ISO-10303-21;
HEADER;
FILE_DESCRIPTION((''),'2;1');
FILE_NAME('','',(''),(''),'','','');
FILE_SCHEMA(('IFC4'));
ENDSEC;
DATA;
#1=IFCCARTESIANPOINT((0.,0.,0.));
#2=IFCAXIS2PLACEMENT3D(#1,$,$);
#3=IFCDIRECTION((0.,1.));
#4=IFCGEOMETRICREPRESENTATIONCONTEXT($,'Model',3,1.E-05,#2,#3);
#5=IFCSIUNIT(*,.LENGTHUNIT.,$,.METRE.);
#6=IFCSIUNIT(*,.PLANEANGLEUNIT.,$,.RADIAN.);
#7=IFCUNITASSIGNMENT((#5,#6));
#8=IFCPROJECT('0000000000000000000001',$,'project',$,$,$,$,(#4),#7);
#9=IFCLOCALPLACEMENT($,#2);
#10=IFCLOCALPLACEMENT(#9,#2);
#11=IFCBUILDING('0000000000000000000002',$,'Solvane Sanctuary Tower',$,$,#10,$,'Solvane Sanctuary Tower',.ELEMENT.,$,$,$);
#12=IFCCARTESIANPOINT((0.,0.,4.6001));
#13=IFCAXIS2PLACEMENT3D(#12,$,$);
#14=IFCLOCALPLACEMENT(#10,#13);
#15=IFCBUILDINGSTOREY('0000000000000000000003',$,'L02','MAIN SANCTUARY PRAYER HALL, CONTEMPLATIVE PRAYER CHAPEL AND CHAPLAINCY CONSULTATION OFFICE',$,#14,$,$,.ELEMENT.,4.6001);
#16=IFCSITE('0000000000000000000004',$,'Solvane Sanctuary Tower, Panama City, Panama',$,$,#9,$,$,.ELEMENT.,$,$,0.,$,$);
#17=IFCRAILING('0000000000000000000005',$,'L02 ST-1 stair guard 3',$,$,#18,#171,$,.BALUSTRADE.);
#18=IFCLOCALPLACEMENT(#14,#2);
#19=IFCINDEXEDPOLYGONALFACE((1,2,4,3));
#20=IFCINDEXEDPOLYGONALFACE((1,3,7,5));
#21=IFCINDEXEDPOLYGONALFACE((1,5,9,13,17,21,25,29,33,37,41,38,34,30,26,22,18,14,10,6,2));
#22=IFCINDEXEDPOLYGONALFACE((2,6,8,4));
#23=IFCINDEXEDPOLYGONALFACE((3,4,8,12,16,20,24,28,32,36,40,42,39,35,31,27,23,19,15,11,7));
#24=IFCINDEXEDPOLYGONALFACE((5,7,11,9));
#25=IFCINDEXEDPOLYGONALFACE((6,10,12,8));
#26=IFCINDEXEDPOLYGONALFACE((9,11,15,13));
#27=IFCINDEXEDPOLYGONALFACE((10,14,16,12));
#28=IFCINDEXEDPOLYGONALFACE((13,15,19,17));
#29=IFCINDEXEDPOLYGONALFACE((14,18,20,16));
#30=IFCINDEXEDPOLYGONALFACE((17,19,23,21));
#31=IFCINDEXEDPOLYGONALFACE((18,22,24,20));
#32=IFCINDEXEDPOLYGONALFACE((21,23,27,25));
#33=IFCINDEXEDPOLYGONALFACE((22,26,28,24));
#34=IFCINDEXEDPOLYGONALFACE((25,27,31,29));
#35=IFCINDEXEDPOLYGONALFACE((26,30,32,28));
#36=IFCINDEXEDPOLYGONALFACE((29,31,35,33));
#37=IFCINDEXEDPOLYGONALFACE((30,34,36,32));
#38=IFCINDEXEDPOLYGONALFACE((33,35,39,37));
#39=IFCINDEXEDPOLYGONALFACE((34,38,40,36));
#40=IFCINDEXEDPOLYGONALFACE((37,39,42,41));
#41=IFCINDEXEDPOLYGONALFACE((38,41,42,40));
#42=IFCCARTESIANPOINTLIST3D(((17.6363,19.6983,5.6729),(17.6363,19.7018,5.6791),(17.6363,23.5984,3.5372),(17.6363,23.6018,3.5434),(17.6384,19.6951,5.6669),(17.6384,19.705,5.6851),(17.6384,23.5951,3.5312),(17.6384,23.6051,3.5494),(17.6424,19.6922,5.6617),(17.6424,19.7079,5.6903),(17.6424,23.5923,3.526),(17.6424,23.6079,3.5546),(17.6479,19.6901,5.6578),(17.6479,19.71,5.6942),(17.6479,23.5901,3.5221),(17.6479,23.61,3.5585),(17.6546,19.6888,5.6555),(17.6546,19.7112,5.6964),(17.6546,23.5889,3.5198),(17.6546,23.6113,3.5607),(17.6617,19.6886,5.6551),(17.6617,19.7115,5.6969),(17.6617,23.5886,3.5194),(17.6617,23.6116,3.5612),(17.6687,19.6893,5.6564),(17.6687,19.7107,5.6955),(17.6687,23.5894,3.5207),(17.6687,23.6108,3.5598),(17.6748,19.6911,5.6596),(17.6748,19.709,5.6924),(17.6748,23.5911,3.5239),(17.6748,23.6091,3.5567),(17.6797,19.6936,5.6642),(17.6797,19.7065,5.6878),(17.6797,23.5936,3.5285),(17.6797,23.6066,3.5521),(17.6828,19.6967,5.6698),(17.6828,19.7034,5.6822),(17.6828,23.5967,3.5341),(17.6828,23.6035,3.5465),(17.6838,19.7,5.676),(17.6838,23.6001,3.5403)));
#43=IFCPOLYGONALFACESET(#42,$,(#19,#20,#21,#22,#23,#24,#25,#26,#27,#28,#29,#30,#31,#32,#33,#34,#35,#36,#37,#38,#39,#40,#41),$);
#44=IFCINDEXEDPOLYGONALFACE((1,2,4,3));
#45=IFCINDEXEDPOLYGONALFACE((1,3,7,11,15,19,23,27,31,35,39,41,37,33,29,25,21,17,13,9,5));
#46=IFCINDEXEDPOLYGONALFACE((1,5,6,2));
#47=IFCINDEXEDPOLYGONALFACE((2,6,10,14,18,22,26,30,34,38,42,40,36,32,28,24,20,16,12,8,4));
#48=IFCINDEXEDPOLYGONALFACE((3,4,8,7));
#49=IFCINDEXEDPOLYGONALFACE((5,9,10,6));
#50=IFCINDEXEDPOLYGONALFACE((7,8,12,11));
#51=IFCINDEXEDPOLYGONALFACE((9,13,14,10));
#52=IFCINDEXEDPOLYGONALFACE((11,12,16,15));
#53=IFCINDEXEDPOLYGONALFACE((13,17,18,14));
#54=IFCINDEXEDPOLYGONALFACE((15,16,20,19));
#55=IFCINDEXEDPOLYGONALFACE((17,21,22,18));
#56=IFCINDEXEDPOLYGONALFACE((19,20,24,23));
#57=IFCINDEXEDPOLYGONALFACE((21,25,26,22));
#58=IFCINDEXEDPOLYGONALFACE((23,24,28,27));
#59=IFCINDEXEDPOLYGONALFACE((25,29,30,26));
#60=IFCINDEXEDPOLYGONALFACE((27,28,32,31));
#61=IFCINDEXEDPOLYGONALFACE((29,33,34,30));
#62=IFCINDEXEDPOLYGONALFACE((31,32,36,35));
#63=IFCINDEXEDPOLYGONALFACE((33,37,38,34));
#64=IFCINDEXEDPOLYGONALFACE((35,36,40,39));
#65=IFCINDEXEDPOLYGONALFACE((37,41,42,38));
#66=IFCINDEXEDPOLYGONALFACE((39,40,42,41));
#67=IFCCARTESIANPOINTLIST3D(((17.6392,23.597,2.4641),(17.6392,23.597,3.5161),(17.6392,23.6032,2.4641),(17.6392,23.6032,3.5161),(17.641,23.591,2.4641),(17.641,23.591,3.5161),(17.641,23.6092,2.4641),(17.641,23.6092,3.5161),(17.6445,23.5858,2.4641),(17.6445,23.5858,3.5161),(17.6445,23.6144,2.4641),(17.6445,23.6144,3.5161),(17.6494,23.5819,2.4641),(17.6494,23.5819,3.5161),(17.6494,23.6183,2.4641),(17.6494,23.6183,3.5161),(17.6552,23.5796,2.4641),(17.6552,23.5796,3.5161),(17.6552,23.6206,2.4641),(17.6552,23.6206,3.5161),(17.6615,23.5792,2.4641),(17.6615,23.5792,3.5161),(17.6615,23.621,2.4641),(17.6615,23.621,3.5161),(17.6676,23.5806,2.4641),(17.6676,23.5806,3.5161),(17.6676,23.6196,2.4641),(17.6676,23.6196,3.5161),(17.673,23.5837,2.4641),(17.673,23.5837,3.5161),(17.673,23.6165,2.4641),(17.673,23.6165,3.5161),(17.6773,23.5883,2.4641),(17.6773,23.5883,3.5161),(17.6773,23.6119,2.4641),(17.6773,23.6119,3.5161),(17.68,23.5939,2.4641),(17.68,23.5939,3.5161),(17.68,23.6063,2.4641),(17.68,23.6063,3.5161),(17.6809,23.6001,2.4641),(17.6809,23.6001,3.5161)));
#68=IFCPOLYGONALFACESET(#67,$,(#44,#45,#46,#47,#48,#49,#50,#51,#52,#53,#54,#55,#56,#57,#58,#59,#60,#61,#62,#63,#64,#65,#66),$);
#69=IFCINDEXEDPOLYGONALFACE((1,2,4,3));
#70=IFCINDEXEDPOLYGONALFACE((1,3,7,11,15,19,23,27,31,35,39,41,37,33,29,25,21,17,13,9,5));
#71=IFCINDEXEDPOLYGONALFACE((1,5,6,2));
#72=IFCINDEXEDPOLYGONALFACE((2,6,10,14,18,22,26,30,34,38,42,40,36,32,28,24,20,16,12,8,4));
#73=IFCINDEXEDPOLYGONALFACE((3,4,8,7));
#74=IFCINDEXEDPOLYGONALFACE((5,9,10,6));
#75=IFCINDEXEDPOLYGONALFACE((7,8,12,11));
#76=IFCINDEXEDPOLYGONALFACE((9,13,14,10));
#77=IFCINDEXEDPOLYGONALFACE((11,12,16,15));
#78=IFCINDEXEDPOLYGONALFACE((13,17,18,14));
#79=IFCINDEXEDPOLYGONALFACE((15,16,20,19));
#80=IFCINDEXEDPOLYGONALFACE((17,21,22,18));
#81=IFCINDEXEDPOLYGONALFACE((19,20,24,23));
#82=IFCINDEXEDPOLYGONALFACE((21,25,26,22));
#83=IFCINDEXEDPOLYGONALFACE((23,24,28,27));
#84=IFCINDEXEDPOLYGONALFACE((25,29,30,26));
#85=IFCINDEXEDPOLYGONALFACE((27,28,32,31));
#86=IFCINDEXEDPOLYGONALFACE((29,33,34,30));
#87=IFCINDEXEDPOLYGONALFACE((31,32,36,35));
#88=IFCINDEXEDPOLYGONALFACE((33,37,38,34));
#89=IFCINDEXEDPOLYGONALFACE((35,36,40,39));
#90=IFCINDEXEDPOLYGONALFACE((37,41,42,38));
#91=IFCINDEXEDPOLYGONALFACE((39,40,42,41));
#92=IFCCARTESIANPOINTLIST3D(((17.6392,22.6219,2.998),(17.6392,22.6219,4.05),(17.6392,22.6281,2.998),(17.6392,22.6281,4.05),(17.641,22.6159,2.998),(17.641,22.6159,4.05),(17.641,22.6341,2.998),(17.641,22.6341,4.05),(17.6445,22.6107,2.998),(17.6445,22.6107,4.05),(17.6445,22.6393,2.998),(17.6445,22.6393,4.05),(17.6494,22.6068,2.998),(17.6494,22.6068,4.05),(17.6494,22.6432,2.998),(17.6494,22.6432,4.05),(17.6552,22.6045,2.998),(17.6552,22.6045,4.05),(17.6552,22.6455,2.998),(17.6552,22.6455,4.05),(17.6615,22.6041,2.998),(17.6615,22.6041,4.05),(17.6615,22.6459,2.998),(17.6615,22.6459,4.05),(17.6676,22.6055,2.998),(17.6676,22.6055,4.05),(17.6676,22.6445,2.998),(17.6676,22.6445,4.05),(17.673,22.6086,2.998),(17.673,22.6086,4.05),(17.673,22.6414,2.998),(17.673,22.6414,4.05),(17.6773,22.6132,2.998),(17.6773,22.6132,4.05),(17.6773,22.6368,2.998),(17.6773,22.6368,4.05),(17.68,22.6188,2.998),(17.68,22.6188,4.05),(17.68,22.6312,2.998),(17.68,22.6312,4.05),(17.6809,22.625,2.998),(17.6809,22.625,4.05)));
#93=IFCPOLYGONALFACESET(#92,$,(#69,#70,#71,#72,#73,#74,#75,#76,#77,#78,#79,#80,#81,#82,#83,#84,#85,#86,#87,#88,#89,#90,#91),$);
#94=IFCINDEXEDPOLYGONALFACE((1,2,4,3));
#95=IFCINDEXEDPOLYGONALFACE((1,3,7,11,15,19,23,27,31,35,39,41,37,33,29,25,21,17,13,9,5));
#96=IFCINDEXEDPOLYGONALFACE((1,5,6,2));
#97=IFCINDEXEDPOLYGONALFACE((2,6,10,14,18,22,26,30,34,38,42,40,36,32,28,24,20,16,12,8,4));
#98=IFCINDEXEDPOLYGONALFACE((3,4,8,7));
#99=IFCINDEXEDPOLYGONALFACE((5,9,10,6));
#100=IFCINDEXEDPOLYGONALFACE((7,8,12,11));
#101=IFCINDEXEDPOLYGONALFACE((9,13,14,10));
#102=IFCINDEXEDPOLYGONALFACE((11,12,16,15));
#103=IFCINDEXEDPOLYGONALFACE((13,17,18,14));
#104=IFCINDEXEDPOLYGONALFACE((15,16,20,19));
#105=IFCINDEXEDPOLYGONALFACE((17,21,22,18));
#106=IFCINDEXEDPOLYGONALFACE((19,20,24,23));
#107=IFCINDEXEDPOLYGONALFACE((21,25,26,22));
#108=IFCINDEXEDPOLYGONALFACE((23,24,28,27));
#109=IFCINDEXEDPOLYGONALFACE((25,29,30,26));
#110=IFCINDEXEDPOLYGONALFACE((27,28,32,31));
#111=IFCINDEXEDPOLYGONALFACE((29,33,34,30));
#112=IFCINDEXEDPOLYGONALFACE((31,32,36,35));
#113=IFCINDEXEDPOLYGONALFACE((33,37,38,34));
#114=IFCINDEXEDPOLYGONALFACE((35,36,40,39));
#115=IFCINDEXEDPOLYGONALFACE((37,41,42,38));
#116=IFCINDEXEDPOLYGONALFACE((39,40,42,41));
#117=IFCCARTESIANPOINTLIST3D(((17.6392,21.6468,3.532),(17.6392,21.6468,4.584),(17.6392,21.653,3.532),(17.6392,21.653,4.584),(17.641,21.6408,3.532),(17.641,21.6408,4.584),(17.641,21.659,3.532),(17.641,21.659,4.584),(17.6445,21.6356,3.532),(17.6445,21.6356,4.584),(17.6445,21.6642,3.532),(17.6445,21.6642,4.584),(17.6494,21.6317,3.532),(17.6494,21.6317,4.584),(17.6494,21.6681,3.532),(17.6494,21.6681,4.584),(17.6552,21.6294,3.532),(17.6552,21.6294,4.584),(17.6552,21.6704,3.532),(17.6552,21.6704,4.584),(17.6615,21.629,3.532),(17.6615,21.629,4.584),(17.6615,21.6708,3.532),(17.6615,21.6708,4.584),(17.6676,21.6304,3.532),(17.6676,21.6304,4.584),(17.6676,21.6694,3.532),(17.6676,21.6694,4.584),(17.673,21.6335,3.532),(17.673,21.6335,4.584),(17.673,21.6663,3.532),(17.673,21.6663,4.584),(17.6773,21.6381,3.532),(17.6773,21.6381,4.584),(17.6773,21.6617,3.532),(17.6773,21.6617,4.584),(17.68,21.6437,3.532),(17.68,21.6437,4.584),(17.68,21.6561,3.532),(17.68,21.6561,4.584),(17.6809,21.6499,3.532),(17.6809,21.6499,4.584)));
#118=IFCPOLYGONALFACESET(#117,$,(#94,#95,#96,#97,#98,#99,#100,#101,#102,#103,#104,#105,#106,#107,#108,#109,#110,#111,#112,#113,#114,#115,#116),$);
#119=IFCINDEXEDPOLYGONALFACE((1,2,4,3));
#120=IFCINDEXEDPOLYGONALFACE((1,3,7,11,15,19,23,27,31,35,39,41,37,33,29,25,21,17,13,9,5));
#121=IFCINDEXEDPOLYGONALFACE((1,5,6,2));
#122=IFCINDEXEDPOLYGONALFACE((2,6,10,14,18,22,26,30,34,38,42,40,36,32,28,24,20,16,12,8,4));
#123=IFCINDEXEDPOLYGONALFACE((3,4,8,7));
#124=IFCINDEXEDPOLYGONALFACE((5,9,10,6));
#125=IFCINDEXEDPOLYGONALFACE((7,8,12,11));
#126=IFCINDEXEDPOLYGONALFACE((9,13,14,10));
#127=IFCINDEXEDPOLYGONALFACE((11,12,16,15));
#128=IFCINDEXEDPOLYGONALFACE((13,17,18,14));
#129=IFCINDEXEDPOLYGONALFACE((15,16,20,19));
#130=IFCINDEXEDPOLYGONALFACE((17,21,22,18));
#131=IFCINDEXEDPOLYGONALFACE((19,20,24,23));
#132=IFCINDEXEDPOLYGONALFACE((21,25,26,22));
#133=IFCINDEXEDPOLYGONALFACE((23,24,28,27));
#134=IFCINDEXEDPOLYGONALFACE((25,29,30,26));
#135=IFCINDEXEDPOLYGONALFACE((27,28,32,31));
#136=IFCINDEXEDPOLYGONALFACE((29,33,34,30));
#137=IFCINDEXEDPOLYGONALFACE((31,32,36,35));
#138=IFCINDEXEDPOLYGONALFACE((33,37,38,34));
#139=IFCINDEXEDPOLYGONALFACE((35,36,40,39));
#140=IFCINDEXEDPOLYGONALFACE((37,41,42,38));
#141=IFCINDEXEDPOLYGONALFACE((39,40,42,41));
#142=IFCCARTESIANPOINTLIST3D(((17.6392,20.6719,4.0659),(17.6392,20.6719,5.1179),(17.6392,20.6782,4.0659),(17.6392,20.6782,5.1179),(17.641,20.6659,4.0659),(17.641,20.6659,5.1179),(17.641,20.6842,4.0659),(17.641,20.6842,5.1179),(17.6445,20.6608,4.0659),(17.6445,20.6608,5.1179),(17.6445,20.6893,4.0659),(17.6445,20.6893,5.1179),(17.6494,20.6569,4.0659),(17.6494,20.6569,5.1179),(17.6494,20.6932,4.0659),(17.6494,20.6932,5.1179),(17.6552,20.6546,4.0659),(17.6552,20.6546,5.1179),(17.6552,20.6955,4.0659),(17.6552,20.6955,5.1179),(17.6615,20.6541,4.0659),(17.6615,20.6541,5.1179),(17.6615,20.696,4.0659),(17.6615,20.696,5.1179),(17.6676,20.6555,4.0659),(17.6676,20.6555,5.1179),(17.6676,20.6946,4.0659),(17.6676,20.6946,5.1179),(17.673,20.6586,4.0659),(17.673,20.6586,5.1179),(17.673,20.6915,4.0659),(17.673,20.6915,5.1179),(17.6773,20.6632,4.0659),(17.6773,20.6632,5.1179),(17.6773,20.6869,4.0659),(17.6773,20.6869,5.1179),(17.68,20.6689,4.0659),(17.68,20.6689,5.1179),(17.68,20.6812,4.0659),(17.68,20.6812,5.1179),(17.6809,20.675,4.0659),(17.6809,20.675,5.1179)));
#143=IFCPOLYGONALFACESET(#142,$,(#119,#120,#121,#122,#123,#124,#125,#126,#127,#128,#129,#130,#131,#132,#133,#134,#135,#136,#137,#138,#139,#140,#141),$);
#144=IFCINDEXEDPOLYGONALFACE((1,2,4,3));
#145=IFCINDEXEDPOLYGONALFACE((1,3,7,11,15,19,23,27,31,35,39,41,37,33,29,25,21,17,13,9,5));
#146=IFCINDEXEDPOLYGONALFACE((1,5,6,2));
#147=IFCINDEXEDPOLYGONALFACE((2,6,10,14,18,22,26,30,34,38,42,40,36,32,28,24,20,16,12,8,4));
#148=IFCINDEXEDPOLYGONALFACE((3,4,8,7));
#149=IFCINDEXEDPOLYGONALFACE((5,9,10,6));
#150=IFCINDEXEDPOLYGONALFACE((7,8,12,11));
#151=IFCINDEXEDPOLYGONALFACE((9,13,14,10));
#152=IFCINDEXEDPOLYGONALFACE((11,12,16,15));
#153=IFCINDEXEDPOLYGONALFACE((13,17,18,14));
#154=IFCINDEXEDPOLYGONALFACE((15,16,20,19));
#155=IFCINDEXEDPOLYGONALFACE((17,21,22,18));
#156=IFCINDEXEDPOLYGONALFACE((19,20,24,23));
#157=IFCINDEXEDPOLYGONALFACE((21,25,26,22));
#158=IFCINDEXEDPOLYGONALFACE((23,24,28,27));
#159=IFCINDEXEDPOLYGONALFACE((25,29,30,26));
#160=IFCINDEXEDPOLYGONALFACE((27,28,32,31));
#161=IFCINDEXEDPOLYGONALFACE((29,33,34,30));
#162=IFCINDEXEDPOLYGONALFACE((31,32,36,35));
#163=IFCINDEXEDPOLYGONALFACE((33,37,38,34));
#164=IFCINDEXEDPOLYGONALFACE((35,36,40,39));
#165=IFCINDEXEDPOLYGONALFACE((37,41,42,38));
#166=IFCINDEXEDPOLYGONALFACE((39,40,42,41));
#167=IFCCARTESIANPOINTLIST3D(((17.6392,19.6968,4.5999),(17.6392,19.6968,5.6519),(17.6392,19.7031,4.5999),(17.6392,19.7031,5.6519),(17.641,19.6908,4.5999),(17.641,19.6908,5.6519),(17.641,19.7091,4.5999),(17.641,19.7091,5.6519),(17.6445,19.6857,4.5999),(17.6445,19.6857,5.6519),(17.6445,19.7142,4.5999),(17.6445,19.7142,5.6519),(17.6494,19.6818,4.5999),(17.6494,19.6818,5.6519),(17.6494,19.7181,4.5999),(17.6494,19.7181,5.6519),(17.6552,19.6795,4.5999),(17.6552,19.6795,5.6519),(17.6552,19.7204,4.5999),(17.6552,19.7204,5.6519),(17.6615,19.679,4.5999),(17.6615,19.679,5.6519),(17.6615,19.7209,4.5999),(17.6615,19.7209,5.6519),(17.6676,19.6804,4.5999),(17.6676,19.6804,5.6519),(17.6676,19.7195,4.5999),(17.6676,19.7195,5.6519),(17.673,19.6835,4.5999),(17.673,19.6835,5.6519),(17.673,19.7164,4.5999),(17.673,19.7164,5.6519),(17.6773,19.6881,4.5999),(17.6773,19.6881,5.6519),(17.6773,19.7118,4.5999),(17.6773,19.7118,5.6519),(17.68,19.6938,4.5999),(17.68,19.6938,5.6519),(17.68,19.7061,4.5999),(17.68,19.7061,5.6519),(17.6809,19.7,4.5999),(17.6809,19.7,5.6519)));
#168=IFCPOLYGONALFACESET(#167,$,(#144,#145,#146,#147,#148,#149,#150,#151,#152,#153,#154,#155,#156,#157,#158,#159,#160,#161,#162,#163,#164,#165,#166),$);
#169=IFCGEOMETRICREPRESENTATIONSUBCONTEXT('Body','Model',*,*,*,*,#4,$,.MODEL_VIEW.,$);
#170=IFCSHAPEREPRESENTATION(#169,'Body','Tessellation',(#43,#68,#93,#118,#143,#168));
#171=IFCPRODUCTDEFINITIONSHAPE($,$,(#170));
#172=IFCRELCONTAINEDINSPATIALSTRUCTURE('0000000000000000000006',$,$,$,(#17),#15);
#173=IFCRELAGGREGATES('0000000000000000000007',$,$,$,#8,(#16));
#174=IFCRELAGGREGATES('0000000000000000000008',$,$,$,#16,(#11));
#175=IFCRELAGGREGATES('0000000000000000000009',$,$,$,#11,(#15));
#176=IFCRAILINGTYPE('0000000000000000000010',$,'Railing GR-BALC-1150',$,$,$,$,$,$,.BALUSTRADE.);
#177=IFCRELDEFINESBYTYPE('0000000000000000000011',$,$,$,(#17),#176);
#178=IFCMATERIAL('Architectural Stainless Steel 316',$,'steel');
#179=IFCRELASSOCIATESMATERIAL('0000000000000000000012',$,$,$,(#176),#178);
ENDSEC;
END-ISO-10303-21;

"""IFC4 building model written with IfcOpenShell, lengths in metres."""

from ifc_helpers import new_model, si_unit, direction, frame, origin, origin_2d, place, context, subcontext, project, spatial, circle, extrude, material, type_object, element, save


model = new_model("IFC4")

# Units and contexts
model_context = context("Model", 3, precision=1e-05, world=origin(), true_north=direction((0.0, 1.0)))
body_context = subcontext(model_context, "Body", "Model", "MODEL_VIEW")
ifc_project = project(units=[si_unit("LENGTHUNIT", "METRE"), si_unit("PLANEANGLEUNIT", "RADIAN")], contexts=[model_context])

# Site, building, storey
site_placement = place(None, origin())
site = spatial("IfcSite", under=ifc_project, at=site_placement, Name="Solvane Sanctuary Tower, Panama City, Panama", CompositionType="ELEMENT", RefElevation=0.0)
building_placement = place(site_placement, origin())
building = spatial("IfcBuilding", under=site, at=building_placement, Name="Solvane Sanctuary Tower", LongName="Solvane Sanctuary Tower", CompositionType="ELEMENT")
storey_placement = place(building_placement, frame((0.0, 0.0, 4.6001)))
storey = spatial("IfcBuildingStorey", under=building, at=storey_placement, Name="L02", Description="MAIN SANCTUARY PRAYER HALL, CONTEMPLATIVE PRAYER CHAPEL AND CHAPLAINCY CONSULTATION OFFICE", CompositionType="ELEMENT", Elevation=4.6001)

# Shared definitions
ifc_material_1 = material(Name="Architectural Stainless Steel 316", Category="steel")

# Railing
railing_type_1 = type_object("IfcRailingType", Name="Railing GR-BALC-1150", PredefinedType="BALUSTRADE", material=ifc_material_1)
railing_1_placement = place(storey_placement, frame((17.6599, 23.6001, 2.4641)))
element("IfcRailing", 1, at=railing_1_placement, inside=storey, type_object=railing_type_1, Name="L02 ST-1 stair guard 3", PredefinedType="BALUSTRADE", context=body_context, shape_type="SweptSolid", body=[
    extrude(circle(Radius=0.0239, at=origin_2d()), frame((0.0, 0.0, 1.0762), z_axis=(0.0, -0.877101, 0.480306), x_axis=(1.0, 0.0, 0.0)), (0.0, 0.0, 1.0), 4.4465),
    extrude(circle(Radius=0.021, at=origin_2d()), origin(), (0.0, 0.0, 1.0), 1.052),
    extrude(circle(Radius=0.021, at=origin_2d()), frame((0.0, -0.9751, 0.5339)), (0.0, 0.0, 1.0), 1.052),
    extrude(circle(Radius=0.021, at=origin_2d()), frame((0.0, -1.9502, 1.0679)), (0.0, 0.0, 1.0), 1.052),
    extrude(circle(Radius=0.021, at=origin_2d()), frame((0.0, -2.925, 1.6018)), (0.0, 0.0, 1.0), 1.052),
    extrude(circle(Radius=0.021, at=origin_2d()), frame((0.0, -3.9001, 2.1357)), (0.0, 0.0, 1.0), 1.052),
])

save(model, "model.ifc")
